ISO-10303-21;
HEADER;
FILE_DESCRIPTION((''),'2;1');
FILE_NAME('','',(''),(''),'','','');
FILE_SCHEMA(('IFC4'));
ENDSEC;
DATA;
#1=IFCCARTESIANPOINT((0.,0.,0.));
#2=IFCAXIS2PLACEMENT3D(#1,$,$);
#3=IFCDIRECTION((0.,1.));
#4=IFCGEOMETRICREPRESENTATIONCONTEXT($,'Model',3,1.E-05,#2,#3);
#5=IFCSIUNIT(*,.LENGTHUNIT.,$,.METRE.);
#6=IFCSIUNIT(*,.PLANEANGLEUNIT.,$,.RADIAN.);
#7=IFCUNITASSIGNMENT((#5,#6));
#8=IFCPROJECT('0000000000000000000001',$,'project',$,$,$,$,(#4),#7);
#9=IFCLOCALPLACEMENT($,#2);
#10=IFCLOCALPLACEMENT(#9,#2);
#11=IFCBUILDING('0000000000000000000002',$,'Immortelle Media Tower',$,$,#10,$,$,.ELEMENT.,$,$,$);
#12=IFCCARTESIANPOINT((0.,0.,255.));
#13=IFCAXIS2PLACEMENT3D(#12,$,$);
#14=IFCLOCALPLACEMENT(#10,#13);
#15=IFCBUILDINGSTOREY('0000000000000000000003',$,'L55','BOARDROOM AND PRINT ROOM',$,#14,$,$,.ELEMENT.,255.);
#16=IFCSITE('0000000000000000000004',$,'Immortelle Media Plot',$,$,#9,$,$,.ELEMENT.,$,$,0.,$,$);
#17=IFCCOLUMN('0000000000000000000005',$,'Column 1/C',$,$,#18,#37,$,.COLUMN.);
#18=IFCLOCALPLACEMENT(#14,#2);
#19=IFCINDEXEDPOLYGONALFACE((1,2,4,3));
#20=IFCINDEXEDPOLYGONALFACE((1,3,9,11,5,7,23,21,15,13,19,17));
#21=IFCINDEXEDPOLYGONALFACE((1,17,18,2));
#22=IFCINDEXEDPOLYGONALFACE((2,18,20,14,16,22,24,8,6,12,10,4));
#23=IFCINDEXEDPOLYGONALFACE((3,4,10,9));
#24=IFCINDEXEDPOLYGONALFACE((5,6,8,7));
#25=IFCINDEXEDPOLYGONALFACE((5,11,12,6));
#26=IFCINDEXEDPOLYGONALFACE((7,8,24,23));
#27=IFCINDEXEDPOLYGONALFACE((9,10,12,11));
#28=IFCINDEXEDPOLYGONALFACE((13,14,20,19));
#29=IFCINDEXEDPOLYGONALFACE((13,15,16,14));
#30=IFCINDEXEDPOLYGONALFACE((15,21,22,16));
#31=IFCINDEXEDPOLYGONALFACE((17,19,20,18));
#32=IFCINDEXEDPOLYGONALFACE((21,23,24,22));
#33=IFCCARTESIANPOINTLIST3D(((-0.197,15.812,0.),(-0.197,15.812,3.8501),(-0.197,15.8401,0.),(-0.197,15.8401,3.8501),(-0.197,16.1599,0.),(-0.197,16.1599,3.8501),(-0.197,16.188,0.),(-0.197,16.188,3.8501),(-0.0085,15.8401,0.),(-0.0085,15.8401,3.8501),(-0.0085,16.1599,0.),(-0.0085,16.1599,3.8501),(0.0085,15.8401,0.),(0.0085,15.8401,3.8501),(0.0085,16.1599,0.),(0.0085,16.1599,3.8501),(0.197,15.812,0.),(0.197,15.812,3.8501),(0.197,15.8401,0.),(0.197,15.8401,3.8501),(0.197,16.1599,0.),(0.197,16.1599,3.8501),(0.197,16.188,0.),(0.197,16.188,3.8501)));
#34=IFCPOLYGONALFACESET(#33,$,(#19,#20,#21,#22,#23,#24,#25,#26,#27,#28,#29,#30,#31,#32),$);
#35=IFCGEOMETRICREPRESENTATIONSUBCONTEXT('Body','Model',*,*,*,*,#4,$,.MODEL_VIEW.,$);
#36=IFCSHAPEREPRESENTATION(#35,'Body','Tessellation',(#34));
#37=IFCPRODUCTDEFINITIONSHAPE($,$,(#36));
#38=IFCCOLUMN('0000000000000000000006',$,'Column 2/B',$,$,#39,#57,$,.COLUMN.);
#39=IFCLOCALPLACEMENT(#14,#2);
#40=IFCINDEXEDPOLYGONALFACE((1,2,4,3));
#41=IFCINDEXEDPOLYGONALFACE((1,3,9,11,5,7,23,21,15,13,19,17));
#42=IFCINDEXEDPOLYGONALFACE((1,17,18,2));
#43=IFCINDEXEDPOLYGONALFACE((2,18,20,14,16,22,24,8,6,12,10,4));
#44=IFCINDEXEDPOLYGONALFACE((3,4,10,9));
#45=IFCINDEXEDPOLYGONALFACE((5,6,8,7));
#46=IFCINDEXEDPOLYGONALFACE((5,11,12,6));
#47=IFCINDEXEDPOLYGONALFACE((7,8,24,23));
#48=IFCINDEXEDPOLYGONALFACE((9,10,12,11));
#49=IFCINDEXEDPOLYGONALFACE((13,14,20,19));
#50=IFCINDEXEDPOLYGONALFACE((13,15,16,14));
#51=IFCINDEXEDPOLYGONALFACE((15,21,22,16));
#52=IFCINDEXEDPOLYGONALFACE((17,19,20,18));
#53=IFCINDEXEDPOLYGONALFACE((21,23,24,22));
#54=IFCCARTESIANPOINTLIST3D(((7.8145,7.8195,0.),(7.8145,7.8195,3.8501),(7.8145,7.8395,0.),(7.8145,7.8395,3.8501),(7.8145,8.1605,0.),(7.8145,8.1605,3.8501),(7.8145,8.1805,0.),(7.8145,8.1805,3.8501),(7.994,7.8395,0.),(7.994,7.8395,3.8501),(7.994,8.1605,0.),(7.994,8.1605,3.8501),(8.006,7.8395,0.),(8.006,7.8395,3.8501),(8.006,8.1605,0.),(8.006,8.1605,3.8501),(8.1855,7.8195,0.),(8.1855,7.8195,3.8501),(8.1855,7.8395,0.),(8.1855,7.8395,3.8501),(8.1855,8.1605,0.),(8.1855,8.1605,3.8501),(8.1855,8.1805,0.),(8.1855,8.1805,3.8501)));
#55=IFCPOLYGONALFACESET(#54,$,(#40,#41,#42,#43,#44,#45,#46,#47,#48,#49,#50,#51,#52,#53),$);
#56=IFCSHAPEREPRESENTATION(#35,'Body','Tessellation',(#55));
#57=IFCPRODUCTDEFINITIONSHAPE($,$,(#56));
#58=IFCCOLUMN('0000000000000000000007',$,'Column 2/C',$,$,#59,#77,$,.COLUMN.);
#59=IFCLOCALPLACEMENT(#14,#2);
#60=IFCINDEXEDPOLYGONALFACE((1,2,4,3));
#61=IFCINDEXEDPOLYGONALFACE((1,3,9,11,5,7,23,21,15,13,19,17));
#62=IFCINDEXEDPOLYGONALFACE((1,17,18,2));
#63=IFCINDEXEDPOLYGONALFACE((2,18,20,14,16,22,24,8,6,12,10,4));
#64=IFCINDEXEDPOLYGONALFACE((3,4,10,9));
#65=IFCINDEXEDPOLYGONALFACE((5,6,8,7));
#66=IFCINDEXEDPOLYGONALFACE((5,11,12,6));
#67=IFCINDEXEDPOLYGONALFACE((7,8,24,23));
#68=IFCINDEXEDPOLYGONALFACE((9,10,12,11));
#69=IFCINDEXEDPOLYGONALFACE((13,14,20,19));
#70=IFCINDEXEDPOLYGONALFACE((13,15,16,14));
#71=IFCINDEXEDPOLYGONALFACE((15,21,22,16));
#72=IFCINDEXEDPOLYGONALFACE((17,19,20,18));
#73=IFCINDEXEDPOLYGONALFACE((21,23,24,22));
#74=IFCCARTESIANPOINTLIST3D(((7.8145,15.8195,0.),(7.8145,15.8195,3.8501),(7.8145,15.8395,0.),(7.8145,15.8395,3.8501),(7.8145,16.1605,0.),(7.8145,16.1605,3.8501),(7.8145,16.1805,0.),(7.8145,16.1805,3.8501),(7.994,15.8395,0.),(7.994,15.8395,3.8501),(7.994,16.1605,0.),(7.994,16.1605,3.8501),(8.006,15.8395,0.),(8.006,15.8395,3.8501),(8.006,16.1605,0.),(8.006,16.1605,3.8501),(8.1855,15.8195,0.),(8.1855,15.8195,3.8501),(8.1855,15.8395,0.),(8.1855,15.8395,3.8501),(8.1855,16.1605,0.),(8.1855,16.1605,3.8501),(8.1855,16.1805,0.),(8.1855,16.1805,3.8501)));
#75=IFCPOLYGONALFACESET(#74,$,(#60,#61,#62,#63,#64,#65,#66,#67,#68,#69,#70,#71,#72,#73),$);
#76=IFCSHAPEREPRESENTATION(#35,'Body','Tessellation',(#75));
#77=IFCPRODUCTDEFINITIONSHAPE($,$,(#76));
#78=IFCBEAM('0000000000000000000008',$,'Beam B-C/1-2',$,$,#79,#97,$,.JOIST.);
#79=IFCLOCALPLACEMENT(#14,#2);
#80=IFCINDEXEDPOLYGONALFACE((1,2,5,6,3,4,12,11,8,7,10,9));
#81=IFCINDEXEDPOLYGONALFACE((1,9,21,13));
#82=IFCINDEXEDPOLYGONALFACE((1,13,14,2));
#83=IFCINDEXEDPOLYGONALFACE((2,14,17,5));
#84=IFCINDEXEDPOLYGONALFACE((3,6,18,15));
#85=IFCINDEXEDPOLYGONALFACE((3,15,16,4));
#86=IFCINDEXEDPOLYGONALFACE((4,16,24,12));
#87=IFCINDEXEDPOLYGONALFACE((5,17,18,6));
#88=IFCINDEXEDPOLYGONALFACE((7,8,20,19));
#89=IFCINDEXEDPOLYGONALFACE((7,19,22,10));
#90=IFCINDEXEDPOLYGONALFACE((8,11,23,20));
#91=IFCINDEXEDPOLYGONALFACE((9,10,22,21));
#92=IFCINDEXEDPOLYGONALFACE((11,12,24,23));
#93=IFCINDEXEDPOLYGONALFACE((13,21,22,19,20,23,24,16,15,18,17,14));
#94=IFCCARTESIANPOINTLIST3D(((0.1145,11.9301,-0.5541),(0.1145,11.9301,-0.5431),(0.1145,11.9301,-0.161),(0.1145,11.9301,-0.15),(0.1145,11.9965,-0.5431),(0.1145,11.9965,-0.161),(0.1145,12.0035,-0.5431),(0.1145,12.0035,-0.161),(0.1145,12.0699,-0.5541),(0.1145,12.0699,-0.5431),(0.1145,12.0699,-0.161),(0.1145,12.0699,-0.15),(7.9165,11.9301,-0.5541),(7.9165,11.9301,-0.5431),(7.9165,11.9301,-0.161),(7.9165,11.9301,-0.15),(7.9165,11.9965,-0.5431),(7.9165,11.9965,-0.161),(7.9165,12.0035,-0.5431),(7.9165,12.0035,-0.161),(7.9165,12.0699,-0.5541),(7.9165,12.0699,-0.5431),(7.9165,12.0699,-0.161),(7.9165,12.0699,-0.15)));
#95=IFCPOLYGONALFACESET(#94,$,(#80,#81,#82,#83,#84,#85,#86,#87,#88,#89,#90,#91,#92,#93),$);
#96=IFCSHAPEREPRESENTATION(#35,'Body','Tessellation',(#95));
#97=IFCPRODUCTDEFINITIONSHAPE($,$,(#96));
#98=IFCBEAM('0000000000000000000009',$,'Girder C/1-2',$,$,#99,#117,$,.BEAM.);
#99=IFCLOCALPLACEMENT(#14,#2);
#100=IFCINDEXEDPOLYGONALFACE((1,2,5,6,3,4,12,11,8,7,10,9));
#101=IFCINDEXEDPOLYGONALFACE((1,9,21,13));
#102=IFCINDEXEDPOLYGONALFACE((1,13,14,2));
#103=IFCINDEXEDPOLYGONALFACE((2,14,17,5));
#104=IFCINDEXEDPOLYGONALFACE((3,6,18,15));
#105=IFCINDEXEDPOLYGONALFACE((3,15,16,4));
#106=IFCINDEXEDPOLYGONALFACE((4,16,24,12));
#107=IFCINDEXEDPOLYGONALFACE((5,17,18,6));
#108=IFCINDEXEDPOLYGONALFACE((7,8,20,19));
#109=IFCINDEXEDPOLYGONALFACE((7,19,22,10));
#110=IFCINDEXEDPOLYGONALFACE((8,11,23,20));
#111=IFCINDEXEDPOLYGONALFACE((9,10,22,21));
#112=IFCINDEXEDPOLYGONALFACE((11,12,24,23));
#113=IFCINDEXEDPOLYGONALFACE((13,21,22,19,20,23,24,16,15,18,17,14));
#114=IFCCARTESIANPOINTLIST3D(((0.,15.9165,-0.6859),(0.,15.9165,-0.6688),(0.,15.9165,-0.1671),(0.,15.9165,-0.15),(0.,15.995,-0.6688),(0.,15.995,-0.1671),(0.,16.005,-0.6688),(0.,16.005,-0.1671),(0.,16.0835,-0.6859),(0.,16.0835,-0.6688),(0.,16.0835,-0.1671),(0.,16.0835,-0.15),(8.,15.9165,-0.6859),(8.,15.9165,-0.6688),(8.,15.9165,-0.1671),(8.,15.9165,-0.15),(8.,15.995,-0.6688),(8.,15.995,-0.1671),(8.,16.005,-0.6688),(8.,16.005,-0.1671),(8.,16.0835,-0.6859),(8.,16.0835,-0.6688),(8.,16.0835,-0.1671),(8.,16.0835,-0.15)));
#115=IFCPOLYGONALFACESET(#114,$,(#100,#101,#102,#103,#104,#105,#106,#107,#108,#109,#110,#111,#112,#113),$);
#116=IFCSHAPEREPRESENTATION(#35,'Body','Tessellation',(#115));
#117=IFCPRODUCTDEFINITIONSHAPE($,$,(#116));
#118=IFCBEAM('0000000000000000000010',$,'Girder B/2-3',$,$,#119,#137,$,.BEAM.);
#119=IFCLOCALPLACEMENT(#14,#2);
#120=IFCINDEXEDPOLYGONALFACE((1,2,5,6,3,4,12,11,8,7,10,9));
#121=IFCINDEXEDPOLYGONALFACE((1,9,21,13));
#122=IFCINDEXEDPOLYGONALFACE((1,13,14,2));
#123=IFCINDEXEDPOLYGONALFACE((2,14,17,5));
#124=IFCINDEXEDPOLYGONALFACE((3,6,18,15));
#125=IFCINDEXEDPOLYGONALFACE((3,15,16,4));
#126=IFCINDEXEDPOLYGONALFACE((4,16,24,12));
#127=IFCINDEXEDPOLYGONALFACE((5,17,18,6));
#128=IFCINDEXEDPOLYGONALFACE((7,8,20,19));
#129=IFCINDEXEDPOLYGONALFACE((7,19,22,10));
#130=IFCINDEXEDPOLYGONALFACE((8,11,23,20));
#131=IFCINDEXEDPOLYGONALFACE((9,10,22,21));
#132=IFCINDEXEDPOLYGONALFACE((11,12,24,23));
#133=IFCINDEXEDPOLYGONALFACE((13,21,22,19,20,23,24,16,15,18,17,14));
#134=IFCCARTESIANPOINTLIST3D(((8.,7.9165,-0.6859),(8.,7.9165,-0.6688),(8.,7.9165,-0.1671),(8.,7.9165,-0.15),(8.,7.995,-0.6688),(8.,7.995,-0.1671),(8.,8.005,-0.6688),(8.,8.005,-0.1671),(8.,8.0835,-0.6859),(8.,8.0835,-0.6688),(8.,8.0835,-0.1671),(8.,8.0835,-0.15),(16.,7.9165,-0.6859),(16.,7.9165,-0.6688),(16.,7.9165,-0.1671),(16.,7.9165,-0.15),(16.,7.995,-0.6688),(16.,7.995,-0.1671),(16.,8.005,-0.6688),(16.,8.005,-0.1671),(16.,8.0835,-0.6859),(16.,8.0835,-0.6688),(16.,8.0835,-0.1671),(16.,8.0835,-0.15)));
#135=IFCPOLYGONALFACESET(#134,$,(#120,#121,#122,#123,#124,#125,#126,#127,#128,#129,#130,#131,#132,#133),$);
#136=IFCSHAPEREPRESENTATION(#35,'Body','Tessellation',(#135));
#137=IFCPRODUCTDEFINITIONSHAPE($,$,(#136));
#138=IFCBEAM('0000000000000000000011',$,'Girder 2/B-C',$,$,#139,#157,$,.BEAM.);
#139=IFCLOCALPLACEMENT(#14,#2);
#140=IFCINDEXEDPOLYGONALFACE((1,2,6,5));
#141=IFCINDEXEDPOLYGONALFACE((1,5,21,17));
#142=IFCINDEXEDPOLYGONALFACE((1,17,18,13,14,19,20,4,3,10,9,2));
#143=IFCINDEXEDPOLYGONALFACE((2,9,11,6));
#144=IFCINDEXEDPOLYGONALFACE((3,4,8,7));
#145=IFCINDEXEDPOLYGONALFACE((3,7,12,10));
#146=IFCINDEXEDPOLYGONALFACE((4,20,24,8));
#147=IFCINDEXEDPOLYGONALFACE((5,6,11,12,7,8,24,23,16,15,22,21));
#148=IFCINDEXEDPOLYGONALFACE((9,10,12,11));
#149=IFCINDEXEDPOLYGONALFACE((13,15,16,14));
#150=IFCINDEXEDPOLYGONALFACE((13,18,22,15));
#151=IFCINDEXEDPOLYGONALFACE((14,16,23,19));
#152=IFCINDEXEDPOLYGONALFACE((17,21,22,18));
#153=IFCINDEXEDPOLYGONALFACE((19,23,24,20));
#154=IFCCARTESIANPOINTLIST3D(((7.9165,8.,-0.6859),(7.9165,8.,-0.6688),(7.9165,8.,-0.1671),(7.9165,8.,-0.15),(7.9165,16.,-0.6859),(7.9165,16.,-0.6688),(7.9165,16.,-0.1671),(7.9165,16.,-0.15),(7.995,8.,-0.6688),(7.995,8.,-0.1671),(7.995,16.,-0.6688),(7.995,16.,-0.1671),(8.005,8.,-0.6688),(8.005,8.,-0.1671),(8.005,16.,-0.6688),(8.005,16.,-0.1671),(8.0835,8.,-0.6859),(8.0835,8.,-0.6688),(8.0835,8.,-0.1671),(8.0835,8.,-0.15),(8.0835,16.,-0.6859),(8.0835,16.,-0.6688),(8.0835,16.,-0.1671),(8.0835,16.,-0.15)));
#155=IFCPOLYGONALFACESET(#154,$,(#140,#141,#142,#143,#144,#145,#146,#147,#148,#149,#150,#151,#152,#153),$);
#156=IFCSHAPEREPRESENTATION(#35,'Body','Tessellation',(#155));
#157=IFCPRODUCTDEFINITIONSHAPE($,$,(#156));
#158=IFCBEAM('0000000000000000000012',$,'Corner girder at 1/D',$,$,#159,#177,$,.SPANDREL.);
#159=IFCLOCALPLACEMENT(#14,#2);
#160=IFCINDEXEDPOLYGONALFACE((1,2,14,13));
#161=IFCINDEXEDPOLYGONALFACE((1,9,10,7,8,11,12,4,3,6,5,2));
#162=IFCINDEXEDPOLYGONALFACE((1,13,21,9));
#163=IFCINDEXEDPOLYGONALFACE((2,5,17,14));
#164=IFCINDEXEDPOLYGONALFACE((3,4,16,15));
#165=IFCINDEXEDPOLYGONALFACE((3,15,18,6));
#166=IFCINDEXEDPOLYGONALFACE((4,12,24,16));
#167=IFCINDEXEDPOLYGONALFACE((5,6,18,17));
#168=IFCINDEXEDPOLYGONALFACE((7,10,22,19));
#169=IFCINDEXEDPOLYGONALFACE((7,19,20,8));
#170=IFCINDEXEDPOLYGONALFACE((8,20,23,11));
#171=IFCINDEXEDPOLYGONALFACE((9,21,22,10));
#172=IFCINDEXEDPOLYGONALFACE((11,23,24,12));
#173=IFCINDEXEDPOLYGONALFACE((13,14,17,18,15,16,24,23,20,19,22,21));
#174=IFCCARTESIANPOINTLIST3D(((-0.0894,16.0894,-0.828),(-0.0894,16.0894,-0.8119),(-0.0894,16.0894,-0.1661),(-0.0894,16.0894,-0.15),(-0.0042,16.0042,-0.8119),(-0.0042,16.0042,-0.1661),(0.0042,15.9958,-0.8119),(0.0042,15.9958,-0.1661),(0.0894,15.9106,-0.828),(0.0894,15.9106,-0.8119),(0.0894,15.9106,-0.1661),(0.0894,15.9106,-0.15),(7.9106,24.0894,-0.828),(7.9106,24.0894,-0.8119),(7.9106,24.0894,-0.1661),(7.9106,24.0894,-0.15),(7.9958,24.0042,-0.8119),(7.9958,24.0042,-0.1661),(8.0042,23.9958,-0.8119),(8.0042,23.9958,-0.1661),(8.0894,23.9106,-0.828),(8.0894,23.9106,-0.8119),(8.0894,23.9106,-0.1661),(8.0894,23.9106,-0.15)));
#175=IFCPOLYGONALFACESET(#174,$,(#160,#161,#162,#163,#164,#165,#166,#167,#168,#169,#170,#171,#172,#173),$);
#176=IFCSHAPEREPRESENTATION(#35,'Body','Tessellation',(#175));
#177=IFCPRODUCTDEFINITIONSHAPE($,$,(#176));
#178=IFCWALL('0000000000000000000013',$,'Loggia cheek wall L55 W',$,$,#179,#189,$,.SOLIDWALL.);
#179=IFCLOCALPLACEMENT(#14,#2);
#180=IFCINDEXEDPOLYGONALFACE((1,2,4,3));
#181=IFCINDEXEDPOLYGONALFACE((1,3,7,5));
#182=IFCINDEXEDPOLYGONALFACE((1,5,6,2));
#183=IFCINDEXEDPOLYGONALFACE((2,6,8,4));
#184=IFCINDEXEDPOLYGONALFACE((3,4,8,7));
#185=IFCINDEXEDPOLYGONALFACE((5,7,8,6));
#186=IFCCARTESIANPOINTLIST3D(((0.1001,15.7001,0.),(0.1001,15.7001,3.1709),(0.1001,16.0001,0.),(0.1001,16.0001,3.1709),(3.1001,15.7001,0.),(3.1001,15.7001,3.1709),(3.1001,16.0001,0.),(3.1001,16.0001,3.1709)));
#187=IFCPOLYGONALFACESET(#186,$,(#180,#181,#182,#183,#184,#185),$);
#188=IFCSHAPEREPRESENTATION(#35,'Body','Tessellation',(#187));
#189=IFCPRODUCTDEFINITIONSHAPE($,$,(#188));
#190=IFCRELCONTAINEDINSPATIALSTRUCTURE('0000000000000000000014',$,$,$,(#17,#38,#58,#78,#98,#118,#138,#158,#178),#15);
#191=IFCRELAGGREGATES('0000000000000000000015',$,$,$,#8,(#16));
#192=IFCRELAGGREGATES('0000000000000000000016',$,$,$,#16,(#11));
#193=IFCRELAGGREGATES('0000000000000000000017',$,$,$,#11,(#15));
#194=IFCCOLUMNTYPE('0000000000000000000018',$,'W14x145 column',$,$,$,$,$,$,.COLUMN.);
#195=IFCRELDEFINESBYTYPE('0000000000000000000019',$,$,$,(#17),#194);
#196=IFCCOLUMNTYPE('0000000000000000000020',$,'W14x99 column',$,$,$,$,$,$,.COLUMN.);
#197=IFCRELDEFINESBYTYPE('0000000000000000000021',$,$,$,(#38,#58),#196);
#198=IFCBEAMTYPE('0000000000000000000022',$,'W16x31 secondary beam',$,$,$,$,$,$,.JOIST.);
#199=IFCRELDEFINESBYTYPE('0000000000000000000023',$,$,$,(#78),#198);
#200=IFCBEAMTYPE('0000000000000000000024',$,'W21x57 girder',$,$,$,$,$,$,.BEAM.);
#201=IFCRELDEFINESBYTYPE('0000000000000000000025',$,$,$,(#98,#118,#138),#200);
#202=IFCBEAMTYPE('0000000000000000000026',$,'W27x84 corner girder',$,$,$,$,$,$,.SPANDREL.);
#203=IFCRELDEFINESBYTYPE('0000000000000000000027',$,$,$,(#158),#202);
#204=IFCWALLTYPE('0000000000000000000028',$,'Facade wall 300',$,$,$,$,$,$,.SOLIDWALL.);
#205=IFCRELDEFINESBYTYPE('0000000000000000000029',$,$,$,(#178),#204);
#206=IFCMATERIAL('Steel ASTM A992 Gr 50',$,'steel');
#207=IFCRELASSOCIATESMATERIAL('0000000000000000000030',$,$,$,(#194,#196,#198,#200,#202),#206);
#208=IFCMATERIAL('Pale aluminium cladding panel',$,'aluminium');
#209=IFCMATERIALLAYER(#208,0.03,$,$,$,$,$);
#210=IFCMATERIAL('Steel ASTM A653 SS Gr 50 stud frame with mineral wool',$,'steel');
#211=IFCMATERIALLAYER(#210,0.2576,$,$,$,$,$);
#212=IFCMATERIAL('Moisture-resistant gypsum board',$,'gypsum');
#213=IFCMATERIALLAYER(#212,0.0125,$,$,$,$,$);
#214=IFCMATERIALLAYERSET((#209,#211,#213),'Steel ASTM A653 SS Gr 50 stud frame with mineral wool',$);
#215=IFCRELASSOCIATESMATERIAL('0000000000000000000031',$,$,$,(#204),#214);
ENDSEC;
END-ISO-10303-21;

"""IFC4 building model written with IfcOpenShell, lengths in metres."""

from ifc_helpers import new_model, si_unit, direction, frame, frame_2d, origin, origin_2d, place, context, subcontext, project, spatial, rectangle, i_section, extrude, material, layer, layer_set, material_profile, profile_set, type_object, element, save


model = new_model("IFC4")

# Units and contexts
model_context = context("Model", 3, precision=1e-05, world=origin(), true_north=direction((0.0, 1.0)))
body_context = subcontext(model_context, "Body", "Model", "MODEL_VIEW")
ifc_project = project(units=[si_unit("LENGTHUNIT", "METRE"), si_unit("PLANEANGLEUNIT", "RADIAN")], contexts=[model_context])

# Site, building, storey
site_placement = place(None, origin())
site = spatial("IfcSite", under=ifc_project, at=site_placement, Name="Immortelle Media Plot", CompositionType="ELEMENT", RefElevation=0.0)
building_placement = place(site_placement, origin())
building = spatial("IfcBuilding", under=site, at=building_placement, Name="Immortelle Media Tower", CompositionType="ELEMENT")
storey_placement = place(building_placement, frame((0.0, 0.0, 255.0)))
storey = spatial("IfcBuildingStorey", under=building, at=storey_placement, Name="L55", Description="BOARDROOM AND PRINT ROOM", CompositionType="ELEMENT", Elevation=255.0)

# Columns
ifc_material_1 = material(Name="Steel ASTM A992 Gr 50", Category="steel")
ifc_material_profile_1 = material_profile(ifc_material_1, i_section(OverallWidth=0.394, OverallDepth=0.376, WebThickness=0.0171, FlangeThickness=0.0281, at=origin_2d()), Name="W14x145")
ifc_profile_set_1 = profile_set([ifc_material_profile_1], Name="Steel ASTM A992 Gr 50")
column_type_1 = type_object("IfcColumnType", Name="W14x145 column", PredefinedType="COLUMN", material=ifc_profile_set_1)
column_placement = place(storey_placement, frame((0.0, 16.0, 0.0), z_axis=(0.0, 0.0, 1.0), x_axis=(1.0, 0.0, 0.0)))
element("IfcColumn", 1, at=column_placement, inside=storey, type_object=column_type_1, Name="Column 1/C", PredefinedType="COLUMN", context=body_context, shape_type="SweptSolid", body=[
    extrude(i_section(OverallWidth=0.394, OverallDepth=0.376, WebThickness=0.0171, FlangeThickness=0.0281, at=origin_2d()), origin(), (0.0, 0.0, 1.0), 3.8501),
])
ifc_material_profile_2 = material_profile(ifc_material_1, i_section(OverallWidth=0.3711, OverallDepth=0.3611, WebThickness=0.012, FlangeThickness=0.02, at=origin_2d()), Name="W14x99")
ifc_profile_set_2 = profile_set([ifc_material_profile_2], Name="Steel ASTM A992 Gr 50")
column_type_2 = type_object("IfcColumnType", Name="W14x99 column", PredefinedType="COLUMN", material=ifc_profile_set_2)
for number, where, z_axis, x_axis, name in (
    (2, (8.0, 8.0, 0.0), (0.0, 0.0, 1.0), (1.0, 0.0, 0.0), "Column 2/B"),
    (3, (8.0, 16.0, 0.0), (0.0, 0.0, 1.0), (1.0, 0.0, 0.0), "Column 2/C"),
):
    element("IfcColumn", number, at=place(storey_placement, frame(where, z_axis=z_axis, x_axis=x_axis)), inside=storey, type_object=column_type_2, Name=name, PredefinedType="COLUMN", context=body_context, shape_type="SweptSolid", body=[
        extrude(i_section(OverallWidth=0.3711, OverallDepth=0.3611, WebThickness=0.012, FlangeThickness=0.02, at=origin_2d()), origin(), (0.0, 0.0, 1.0), 3.8501),
    ])

# Beams
ifc_material_profile_3 = material_profile(ifc_material_1, i_section(OverallWidth=0.1399, OverallDepth=0.4041, WebThickness=0.0071, FlangeThickness=0.011, at=origin_2d()), Name="W16x31")
ifc_profile_set_3 = profile_set([ifc_material_profile_3], Name="Steel ASTM A992 Gr 50")
beam_type_1 = type_object("IfcBeamType", Name="W16x31 secondary beam", PredefinedType="JOIST", material=ifc_profile_set_3)
beam_1_placement = place(storey_placement, frame((0.1145, 12.0, -0.3521), z_axis=(1.0, 0.0, 0.0), x_axis=(0.0, 1.0, 0.0)))
element("IfcBeam", 4, at=beam_1_placement, inside=storey, type_object=beam_type_1, Name="Beam B-C/1-2", PredefinedType="JOIST", context=body_context, shape_type="SweptSolid", body=[
    extrude(i_section(OverallWidth=0.1399, OverallDepth=0.4041, WebThickness=0.0071, FlangeThickness=0.011, at=origin_2d()), origin(), (0.0, 0.0, 1.0), 7.802),
])
ifc_material_profile_4 = material_profile(ifc_material_1, i_section(OverallWidth=0.167, OverallDepth=0.5359, WebThickness=0.01, FlangeThickness=0.0171, at=origin_2d()), Name="W21x57")
ifc_profile_set_4 = profile_set([ifc_material_profile_4], Name="Steel ASTM A992 Gr 50")
beam_type_2 = type_object("IfcBeamType", Name="W21x57 girder", PredefinedType="BEAM", material=ifc_profile_set_4)
for number, where, z_axis, x_axis, name in (
    (5, (0.0, 16.0, -0.418), (1.0, 0.0, 0.0), (0.0, 1.0, 0.0), "Girder C/1-2"),
    (6, (8.0, 8.0, -0.418), (1.0, 0.0, 0.0), (0.0, 1.0, 0.0), "Girder B/2-3"),
    (7, (8.0, 8.0, -0.418), (0.0, 1.0, 0.0), (-1.0, 0.0, 0.0), "Girder 2/B-C"),
):
    element("IfcBeam", number, at=place(storey_placement, frame(where, z_axis=z_axis, x_axis=x_axis)), inside=storey, type_object=beam_type_2, Name=name, PredefinedType="BEAM", context=body_context, shape_type="SweptSolid", body=[
        extrude(i_section(OverallWidth=0.167, OverallDepth=0.5359, WebThickness=0.01, FlangeThickness=0.0171, at=origin_2d()), origin(), (0.0, 0.0, 1.0), 8.0),
    ])
ifc_material_profile_5 = material_profile(ifc_material_1, i_section(OverallWidth=0.2529, OverallDepth=0.678, WebThickness=0.012, FlangeThickness=0.0161, at=origin_2d()), Name="W27x84")
ifc_profile_set_5 = profile_set([ifc_material_profile_5], Name="Steel ASTM A992 Gr 50")
beam_type_3 = type_object("IfcBeamType", Name="W27x84 corner girder", PredefinedType="SPANDREL", material=ifc_profile_set_5)
beam_2_placement = place(storey_placement, frame((0.0, 16.0, -0.489), z_axis=(0.707107, 0.707107, 0.0), x_axis=(-0.707107, 0.707107, 0.0)))
element("IfcBeam", 8, at=beam_2_placement, inside=storey, type_object=beam_type_3, Name="Corner girder at 1/D", PredefinedType="SPANDREL", context=body_context, shape_type="SweptSolid", body=[
    extrude(i_section(OverallWidth=0.2529, OverallDepth=0.678, WebThickness=0.012, FlangeThickness=0.0161, at=origin_2d()), origin(), (0.0, 0.0, 1.0), 11.3137),
])

# Shared definitions
ifc_material_2 = material(Name="Pale aluminium cladding panel", Category="aluminium")
ifc_layer_1 = layer(ifc_material_2, 0.03)
ifc_material_3 = material(Name="Steel ASTM A653 SS Gr 50 stud frame with mineral wool", Category="steel")
ifc_layer_2 = layer(ifc_material_3, 0.2576)
ifc_material_4 = material(Name="Moisture-resistant gypsum board", Category="gypsum")
ifc_layer_3 = layer(ifc_material_4, 0.0125)
ifc_layer_set_1 = layer_set([ifc_layer_1, ifc_layer_2, ifc_layer_3], Name="Steel ASTM A653 SS Gr 50 stud frame with mineral wool")
wall_type_1 = type_object("IfcWallType", Name="Facade wall 300", PredefinedType="SOLIDWALL", material=ifc_layer_set_1)

# Wall
for number, where, z_axis, x_axis, name in (
    (9, (0.1001, 15.8501, 0.0), (0.0, 0.0, 1.0), (1.0, 0.0, 0.0), "Loggia cheek wall L55 W"),
):
    element("IfcWall", number, at=place(storey_placement, frame(where, z_axis=z_axis, x_axis=x_axis)), inside=storey, type_object=wall_type_1, Name=name, PredefinedType="SOLIDWALL", context=body_context, shape_type="SweptSolid", body=[
        extrude(rectangle(XDim=3.0, YDim=0.3, at=frame_2d((1.5, 0.0))), origin(), (0.0, 0.0, 1.0), 3.1709),
    ])

save(model, "model.ifc")
